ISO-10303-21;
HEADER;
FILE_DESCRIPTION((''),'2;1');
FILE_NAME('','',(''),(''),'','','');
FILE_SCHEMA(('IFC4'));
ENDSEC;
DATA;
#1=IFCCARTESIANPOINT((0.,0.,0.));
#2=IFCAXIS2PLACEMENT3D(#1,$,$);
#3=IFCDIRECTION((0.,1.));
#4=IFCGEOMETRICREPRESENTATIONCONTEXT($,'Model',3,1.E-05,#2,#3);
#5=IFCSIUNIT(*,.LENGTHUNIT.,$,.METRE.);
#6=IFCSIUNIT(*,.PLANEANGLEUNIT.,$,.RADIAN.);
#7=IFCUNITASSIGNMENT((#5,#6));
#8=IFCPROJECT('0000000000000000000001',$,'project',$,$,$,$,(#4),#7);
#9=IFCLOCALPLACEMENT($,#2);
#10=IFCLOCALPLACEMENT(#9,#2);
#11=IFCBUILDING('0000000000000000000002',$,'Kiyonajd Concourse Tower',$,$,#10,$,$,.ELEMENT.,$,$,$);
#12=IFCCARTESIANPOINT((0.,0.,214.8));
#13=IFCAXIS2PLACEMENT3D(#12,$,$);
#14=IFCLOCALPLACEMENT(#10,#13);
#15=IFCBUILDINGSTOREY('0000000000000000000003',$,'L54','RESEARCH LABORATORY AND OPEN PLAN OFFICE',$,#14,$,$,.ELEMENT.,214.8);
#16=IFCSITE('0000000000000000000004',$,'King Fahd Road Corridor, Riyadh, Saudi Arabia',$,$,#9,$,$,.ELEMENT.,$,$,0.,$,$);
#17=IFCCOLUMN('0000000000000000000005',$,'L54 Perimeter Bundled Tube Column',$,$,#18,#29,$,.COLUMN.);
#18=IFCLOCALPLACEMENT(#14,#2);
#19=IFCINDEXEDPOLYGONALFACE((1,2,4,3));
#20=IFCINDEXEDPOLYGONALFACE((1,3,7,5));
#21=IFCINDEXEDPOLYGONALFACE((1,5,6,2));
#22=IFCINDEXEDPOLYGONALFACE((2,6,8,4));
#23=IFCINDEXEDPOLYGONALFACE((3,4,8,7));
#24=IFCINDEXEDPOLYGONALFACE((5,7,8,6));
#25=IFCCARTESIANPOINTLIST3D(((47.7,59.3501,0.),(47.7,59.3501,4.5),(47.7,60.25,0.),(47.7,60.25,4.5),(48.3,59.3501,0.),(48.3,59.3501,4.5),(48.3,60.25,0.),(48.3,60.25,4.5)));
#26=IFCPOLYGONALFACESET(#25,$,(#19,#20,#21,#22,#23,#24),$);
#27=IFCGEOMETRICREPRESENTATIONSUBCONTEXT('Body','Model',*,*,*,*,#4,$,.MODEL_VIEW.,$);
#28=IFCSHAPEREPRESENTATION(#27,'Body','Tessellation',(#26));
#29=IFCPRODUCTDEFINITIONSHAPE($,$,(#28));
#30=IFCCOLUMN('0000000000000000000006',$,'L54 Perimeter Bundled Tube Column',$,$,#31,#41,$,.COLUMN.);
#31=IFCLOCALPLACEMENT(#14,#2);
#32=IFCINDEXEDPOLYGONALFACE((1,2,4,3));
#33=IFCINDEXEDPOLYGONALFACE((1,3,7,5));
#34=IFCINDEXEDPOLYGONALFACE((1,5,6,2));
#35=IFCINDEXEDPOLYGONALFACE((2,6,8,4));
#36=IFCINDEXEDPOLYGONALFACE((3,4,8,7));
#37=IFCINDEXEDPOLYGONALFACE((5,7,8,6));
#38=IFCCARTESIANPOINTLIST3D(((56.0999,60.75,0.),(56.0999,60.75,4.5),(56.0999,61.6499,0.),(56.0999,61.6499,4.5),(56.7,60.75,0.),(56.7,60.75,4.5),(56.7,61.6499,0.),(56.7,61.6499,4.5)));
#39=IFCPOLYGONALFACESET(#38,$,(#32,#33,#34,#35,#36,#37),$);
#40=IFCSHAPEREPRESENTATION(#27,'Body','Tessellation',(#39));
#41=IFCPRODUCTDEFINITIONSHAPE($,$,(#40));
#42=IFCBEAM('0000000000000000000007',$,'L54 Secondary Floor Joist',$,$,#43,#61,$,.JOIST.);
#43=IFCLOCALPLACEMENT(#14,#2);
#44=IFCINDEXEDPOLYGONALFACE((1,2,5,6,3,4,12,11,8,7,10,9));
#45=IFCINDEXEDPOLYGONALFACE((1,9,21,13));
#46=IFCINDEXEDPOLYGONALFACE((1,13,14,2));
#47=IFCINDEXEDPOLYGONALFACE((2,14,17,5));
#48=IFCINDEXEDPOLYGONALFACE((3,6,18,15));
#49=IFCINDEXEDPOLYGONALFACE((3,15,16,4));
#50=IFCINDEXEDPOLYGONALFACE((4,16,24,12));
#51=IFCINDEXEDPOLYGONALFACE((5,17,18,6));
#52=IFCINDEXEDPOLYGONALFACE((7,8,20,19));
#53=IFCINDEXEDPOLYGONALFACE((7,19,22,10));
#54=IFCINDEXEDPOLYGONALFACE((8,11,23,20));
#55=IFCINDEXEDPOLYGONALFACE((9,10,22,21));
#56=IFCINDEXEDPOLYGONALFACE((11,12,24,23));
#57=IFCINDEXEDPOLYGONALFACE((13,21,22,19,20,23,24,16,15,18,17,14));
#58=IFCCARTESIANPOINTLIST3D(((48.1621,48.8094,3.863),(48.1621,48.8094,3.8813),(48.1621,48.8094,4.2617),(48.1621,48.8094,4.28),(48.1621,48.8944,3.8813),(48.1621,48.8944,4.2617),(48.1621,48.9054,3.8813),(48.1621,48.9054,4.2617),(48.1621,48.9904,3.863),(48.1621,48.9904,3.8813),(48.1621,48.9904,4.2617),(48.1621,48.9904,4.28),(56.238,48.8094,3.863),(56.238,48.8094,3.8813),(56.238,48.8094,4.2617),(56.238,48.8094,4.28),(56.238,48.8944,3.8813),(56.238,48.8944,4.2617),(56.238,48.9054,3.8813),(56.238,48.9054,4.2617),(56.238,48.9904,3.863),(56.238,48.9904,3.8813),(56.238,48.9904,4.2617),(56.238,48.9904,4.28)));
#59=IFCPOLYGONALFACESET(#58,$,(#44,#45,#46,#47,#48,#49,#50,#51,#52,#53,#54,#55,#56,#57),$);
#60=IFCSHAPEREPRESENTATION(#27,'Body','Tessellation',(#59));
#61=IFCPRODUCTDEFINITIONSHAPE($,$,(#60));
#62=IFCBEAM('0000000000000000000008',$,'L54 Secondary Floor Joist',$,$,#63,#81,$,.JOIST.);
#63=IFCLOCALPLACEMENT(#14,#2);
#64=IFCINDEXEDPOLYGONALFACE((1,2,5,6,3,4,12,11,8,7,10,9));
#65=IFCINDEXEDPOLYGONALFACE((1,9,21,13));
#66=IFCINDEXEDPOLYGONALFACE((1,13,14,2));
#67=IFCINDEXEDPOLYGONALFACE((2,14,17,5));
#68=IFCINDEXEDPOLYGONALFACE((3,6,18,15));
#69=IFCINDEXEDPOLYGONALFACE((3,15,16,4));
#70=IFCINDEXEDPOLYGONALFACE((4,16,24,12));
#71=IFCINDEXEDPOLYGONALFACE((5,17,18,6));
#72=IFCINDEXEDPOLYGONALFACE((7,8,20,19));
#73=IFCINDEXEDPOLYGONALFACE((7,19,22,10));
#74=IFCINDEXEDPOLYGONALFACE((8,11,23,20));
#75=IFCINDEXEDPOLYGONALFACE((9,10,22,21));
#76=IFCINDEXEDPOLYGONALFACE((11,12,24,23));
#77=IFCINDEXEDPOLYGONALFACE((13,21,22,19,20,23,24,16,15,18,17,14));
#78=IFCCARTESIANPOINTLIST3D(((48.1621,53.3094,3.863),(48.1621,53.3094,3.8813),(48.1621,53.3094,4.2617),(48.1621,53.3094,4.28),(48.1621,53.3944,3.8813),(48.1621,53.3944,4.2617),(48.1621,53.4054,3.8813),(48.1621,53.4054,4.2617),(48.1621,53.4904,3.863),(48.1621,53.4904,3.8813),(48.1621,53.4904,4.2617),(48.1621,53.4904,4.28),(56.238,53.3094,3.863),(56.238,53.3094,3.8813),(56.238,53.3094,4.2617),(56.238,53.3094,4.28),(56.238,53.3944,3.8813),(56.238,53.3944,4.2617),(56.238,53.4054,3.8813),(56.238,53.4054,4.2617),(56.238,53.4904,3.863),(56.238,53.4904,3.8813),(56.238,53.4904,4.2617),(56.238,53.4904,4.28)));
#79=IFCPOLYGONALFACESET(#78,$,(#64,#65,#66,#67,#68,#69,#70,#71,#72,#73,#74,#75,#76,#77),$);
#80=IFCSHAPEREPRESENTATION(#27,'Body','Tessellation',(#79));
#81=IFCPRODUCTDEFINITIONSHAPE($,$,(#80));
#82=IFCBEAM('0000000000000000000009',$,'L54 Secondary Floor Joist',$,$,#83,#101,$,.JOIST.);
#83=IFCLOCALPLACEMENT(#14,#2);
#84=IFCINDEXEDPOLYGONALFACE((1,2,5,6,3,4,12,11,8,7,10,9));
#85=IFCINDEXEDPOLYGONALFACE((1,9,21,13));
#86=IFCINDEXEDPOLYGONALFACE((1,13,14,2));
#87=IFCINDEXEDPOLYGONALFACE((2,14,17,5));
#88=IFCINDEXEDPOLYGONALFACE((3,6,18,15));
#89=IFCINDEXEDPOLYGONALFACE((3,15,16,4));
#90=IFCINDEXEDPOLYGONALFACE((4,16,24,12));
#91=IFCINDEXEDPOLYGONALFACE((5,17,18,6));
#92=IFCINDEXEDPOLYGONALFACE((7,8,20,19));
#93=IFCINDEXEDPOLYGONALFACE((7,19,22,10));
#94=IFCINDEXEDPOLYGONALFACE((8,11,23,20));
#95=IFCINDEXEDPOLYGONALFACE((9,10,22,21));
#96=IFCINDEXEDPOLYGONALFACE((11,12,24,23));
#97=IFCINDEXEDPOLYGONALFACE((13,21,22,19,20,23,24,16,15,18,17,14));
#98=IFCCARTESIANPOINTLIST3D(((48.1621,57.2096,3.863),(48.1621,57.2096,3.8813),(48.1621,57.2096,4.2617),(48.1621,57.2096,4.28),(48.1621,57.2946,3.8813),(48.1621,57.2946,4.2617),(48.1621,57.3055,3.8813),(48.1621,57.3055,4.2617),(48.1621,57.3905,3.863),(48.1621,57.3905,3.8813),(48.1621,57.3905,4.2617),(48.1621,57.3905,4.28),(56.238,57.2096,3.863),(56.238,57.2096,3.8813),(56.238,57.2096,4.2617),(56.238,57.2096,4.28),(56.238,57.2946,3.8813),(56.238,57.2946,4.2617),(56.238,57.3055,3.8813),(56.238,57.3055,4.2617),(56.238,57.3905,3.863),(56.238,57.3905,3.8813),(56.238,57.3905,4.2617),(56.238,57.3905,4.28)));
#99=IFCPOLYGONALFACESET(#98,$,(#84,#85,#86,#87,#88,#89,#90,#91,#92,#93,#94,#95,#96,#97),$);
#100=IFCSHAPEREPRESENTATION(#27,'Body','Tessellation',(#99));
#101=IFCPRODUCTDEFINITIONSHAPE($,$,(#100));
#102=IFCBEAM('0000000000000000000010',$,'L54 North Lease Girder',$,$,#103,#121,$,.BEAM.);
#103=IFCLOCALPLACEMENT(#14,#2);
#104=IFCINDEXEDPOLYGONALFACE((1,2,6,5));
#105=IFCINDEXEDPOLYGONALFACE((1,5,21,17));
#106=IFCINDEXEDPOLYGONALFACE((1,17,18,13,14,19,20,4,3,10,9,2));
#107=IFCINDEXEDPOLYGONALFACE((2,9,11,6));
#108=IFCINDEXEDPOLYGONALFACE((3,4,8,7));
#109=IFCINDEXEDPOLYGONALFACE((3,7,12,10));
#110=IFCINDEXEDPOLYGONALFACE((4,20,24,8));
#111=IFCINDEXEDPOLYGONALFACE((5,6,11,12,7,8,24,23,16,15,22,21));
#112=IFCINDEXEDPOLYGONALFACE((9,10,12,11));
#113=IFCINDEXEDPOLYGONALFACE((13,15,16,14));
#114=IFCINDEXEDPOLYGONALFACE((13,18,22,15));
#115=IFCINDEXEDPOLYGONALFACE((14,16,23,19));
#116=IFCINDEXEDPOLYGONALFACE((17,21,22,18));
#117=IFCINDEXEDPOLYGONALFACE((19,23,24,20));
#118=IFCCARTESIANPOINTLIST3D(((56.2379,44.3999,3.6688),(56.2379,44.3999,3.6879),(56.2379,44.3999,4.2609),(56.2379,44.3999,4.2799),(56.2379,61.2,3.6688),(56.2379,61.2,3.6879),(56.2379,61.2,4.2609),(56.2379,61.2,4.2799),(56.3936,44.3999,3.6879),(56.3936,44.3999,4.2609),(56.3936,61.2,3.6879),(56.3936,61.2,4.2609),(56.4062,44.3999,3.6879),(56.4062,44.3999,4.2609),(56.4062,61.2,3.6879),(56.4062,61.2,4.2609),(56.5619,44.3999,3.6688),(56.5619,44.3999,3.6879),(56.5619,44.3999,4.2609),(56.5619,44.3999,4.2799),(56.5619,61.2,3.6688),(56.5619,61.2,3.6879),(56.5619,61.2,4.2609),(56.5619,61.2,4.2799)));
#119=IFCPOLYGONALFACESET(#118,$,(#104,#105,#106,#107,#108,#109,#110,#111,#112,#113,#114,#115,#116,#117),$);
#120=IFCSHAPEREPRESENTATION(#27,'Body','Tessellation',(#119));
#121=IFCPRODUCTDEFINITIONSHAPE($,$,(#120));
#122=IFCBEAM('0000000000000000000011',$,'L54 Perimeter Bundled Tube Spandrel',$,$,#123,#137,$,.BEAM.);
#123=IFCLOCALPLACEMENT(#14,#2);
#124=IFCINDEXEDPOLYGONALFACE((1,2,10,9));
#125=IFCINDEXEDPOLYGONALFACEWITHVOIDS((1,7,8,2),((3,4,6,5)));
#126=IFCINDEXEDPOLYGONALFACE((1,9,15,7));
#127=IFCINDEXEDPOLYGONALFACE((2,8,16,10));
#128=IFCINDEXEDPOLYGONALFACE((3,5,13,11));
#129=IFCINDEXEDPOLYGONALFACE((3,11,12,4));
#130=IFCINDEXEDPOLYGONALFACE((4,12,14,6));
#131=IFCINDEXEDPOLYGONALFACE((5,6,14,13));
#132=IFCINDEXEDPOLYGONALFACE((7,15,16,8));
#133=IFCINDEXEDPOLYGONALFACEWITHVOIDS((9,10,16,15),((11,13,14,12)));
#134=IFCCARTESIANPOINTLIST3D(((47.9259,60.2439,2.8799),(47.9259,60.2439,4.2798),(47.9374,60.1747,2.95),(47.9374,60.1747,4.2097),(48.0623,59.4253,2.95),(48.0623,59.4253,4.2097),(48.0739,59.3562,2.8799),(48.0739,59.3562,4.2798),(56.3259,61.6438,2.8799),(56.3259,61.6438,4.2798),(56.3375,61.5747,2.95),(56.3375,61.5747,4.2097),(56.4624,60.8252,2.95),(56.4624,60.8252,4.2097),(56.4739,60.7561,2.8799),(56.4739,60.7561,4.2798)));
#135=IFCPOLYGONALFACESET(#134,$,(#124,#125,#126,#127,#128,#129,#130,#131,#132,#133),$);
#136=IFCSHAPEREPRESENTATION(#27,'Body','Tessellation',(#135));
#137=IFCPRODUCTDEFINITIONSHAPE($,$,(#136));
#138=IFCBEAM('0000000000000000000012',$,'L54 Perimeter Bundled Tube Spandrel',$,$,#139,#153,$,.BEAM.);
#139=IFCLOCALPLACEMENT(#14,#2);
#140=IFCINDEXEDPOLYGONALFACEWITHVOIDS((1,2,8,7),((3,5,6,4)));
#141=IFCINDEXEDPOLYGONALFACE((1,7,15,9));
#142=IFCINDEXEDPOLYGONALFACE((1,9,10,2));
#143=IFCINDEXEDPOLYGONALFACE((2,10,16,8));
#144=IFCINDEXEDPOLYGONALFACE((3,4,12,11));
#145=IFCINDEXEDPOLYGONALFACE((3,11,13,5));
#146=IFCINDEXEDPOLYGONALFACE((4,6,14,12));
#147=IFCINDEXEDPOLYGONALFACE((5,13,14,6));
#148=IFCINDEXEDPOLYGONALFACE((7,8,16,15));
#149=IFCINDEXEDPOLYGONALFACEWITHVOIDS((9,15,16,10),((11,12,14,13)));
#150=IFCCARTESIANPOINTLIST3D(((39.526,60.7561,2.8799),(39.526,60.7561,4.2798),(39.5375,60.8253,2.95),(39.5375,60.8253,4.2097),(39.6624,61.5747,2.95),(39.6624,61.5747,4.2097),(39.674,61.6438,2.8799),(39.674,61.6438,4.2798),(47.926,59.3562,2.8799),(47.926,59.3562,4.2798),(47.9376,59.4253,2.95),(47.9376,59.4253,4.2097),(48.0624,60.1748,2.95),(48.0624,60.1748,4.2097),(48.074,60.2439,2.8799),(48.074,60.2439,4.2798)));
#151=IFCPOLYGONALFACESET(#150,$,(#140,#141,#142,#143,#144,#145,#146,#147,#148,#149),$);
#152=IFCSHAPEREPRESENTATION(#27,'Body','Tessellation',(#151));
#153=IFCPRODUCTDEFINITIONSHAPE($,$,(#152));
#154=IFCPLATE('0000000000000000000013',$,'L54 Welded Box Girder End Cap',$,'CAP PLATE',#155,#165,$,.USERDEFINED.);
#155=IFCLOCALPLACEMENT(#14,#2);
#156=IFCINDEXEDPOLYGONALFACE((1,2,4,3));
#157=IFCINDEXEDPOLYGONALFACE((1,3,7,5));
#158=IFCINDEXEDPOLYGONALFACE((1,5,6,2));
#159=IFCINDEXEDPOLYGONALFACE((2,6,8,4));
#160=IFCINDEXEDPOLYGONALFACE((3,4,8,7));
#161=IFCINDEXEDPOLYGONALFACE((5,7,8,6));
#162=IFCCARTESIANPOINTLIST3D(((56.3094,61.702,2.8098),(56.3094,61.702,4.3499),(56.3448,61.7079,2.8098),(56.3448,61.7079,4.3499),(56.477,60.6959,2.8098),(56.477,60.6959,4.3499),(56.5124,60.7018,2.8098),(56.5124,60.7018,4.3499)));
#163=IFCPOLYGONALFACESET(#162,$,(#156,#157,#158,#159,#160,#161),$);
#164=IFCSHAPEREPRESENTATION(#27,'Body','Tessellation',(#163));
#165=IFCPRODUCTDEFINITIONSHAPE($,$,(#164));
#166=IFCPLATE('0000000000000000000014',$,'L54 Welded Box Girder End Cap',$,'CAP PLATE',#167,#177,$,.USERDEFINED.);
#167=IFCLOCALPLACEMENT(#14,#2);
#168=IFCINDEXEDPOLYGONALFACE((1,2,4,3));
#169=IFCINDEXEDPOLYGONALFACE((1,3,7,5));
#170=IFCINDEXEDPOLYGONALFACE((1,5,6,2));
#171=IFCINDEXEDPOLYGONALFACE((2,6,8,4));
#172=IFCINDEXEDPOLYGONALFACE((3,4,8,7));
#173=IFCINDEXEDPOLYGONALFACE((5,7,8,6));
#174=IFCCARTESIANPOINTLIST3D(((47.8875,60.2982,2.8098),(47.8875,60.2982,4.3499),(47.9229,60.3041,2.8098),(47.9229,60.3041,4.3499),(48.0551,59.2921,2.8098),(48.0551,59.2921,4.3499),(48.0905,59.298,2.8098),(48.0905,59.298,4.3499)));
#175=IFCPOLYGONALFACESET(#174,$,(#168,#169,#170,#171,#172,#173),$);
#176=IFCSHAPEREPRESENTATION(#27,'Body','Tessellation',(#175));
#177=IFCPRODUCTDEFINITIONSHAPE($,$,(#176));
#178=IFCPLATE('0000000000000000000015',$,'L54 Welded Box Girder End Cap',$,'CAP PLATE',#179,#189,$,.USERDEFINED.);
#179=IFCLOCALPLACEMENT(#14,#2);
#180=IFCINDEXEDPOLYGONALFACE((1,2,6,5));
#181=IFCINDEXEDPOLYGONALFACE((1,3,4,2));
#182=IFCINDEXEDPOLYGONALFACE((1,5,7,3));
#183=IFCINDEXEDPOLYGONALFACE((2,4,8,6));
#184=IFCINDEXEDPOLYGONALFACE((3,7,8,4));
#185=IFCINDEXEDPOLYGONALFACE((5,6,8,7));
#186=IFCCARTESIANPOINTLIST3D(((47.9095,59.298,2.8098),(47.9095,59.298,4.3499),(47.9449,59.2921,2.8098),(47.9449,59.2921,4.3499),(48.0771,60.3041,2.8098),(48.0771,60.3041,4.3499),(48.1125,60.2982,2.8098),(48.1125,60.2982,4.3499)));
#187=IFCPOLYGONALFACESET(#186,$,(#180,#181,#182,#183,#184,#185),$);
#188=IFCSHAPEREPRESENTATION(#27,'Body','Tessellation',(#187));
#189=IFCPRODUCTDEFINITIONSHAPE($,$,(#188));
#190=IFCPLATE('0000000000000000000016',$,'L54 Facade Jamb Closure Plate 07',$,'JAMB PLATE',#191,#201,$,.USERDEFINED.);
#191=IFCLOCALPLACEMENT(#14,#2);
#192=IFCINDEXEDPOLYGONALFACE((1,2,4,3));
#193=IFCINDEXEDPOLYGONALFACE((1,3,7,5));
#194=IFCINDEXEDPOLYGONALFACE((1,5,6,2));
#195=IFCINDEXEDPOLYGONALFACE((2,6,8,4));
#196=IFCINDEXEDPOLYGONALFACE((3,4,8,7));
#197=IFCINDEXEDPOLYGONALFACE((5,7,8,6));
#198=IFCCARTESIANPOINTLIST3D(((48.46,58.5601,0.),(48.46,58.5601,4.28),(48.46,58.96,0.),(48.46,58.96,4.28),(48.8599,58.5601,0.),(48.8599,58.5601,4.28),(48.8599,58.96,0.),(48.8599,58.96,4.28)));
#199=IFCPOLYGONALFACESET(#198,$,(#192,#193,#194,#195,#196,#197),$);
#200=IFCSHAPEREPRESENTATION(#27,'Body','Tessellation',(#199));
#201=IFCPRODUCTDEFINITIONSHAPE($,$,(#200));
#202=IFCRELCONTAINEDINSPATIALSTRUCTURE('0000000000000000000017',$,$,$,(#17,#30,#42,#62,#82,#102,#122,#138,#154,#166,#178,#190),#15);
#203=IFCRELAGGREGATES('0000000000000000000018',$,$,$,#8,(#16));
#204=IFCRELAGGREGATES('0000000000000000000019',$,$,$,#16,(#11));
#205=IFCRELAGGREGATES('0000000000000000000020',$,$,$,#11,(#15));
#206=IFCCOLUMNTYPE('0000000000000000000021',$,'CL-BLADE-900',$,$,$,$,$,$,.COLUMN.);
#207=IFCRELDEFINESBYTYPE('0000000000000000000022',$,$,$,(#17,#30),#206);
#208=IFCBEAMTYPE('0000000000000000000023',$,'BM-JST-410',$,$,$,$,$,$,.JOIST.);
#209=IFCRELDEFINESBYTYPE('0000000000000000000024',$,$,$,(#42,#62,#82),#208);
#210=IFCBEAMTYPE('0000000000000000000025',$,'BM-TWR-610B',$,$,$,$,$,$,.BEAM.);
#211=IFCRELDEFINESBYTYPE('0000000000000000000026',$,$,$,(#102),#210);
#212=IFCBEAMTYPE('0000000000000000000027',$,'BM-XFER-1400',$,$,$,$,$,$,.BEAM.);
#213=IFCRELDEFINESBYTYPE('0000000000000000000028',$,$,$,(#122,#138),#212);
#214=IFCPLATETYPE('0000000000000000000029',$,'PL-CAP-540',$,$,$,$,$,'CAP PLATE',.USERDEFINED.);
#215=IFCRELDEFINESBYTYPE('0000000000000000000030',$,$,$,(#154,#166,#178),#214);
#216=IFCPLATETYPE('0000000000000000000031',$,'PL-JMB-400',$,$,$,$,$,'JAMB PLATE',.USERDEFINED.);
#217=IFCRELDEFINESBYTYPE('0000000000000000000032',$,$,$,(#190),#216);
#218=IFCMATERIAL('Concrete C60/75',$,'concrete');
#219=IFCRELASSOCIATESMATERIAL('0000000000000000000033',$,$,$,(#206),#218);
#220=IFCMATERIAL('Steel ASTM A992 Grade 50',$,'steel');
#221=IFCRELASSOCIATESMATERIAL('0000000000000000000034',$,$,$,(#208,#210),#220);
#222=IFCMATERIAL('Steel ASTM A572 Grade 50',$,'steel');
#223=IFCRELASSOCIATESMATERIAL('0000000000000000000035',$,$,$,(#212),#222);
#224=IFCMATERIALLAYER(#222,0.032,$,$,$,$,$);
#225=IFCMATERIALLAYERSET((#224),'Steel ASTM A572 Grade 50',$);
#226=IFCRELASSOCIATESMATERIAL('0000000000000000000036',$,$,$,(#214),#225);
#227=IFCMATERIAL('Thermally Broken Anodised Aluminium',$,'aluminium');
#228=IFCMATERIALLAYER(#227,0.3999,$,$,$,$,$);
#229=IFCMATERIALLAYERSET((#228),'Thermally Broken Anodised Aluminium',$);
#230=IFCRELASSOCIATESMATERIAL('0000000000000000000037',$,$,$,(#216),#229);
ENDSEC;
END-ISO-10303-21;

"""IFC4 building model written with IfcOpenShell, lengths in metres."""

from ifc_helpers import new_model, si_unit, direction, frame, origin, origin_2d, place, context, subcontext, project, spatial, rectangle, hollow_rectangle, i_section, extrude, material, layer, layer_set, material_profile, profile_set, type_object, element, save


model = new_model("IFC4")

# Units and contexts
model_context = context("Model", 3, precision=1e-05, world=origin(), true_north=direction((0.0, 1.0)))
body_context = subcontext(model_context, "Body", "Model", "MODEL_VIEW")
ifc_project = project(units=[si_unit("LENGTHUNIT", "METRE"), si_unit("PLANEANGLEUNIT", "RADIAN")], contexts=[model_context])

# Site, building, storey
site_placement = place(None, origin())
site = spatial("IfcSite", under=ifc_project, at=site_placement, Name="King Fahd Road Corridor, Riyadh, Saudi Arabia", CompositionType="ELEMENT", RefElevation=0.0)
building_placement = place(site_placement, origin())
building = spatial("IfcBuilding", under=site, at=building_placement, Name="Kiyonajd Concourse Tower", CompositionType="ELEMENT")
storey_placement = place(building_placement, frame((0.0, 0.0, 214.8)))
storey = spatial("IfcBuildingStorey", under=building, at=storey_placement, Name="L54", Description="RESEARCH LABORATORY AND OPEN PLAN OFFICE", CompositionType="ELEMENT", Elevation=214.8)

# Columns
ifc_material_1 = material(Name="Concrete C60/75", Category="concrete")
ifc_material_profile_1 = material_profile(ifc_material_1, rectangle(XDim=0.6001, YDim=0.8999, at=origin_2d()), Name="RC-900x600")
ifc_profile_set_1 = profile_set([ifc_material_profile_1], Name="Concrete C60/75")
column_type = type_object("IfcColumnType", Name="CL-BLADE-900", PredefinedType="COLUMN", material=ifc_profile_set_1)
for number, where, z_axis, x_axis, name in (
    (1, (48.0, 59.8, 0.0), (0.0, 0.0, 1.0), (1.0, 0.0, 0.0), "L54 Perimeter Bundled Tube Column"),
    (2, (56.3999, 61.2, 0.0), (0.0, 0.0, 1.0), (1.0, 0.0, 0.0), "L54 Perimeter Bundled Tube Column"),
):
    element("IfcColumn", number, at=place(storey_placement, frame(where, z_axis=z_axis, x_axis=x_axis)), inside=storey, type_object=column_type, Name=name, PredefinedType="COLUMN", context=body_context, shape_type="SweptSolid", body=[
        extrude(rectangle(XDim=0.6001, YDim=0.8999, at=origin_2d()), origin(), (0.0, 0.0, 1.0), 4.5),
    ])

# Beams
ifc_material_2 = material(Name="Steel ASTM A992 Grade 50", Category="steel")
ifc_material_profile_2 = material_profile(ifc_material_2, i_section(OverallWidth=0.1809, OverallDepth=0.417, WebThickness=0.011, FlangeThickness=0.0183, at=origin_2d()), Name="W410X85")
ifc_profile_set_2 = profile_set([ifc_material_profile_2], Name="Steel ASTM A992 Grade 50")
beam_type_1 = type_object("IfcBeamType", Name="BM-JST-410", PredefinedType="JOIST", material=ifc_profile_set_2)
for number, where, z_axis, x_axis, name in (
    (3, (48.1621, 48.8999, 4.0715), (1.0, 0.0, 0.0), (0.0, 1.0, 0.0), "L54 Secondary Floor Joist"),
    (4, (48.1621, 53.3999, 4.0715), (1.0, 0.0, 0.0), (0.0, 1.0, 0.0), "L54 Secondary Floor Joist"),
    (5, (48.1621, 57.3, 4.0715), (1.0, 0.0, 0.0), (0.0, 1.0, 0.0), "L54 Secondary Floor Joist"),
):
    element("IfcBeam", number, at=place(storey_placement, frame(where, z_axis=z_axis, x_axis=x_axis)), inside=storey, type_object=beam_type_1, Name=name, PredefinedType="JOIST", context=body_context, shape_type="SweptSolid", body=[
        extrude(i_section(OverallWidth=0.1809, OverallDepth=0.417, WebThickness=0.011, FlangeThickness=0.0183, at=origin_2d()), origin(), (0.0, 0.0, 1.0), 8.0759),
    ])
ifc_material_profile_3 = material_profile(ifc_material_2, i_section(OverallWidth=0.324, OverallDepth=0.6111, WebThickness=0.0127, FlangeThickness=0.019, at=origin_2d()), Name="W610X155")
ifc_profile_set_3 = profile_set([ifc_material_profile_3], Name="Steel ASTM A992 Grade 50")
beam_type_2 = type_object("IfcBeamType", Name="BM-TWR-610B", PredefinedType="BEAM", material=ifc_profile_set_3)
beam_placement = place(storey_placement, frame((56.3999, 44.3999, 3.9744), z_axis=(0.0, 1.0, 0.0), x_axis=(-1.0, 0.0, 0.0)))
element("IfcBeam", 6, at=beam_placement, inside=storey, type_object=beam_type_2, Name="L54 North Lease Girder", PredefinedType="BEAM", context=body_context, shape_type="SweptSolid", body=[
    extrude(i_section(OverallWidth=0.324, OverallDepth=0.6111, WebThickness=0.0127, FlangeThickness=0.019, at=origin_2d()), origin(), (0.0, 0.0, 1.0), 16.8),
])
ifc_material_3 = material(Name="Steel ASTM A572 Grade 50", Category="steel")
ifc_material_profile_4 = material_profile(ifc_material_3, hollow_rectangle(XDim=0.8999, YDim=1.3999, WallThickness=0.0701, at=origin_2d()), Name="BOX-1400x900x70")
ifc_profile_set_4 = profile_set([ifc_material_profile_4], Name="Steel ASTM A572 Grade 50")
beam_type_3 = type_object("IfcBeamType", Name="BM-XFER-1400", PredefinedType="BEAM", material=ifc_profile_set_4)
for number, where, z_axis, x_axis, name in (
    (7, (56.3999, 61.2, 3.5798), (-0.986395, -0.16439, 0.0), (0.16439, -0.986395, 0.0), "L54 Perimeter Bundled Tube Spandrel"),
    (8, (48.0, 59.8, 3.5798), (-0.986395, 0.16439, 0.0), (-0.16439, -0.986395, 0.0), "L54 Perimeter Bundled Tube Spandrel"),
):
    element("IfcBeam", number, at=place(storey_placement, frame(where, z_axis=z_axis, x_axis=x_axis)), inside=storey, type_object=beam_type_3, Name=name, PredefinedType="BEAM", context=body_context, shape_type="SweptSolid", body=[
        extrude(hollow_rectangle(XDim=0.8999, YDim=1.3999, WallThickness=0.0701, at=origin_2d()), origin(), (0.0, 0.0, 1.0), 8.5159),
    ])

# Plates
ifc_layer_1 = layer(ifc_material_3, 0.032)
ifc_layer_set_1 = layer_set([ifc_layer_1], Name="Steel ASTM A572 Grade 50")
plate_type_1 = type_object("IfcPlateType", Name="PL-CAP-540", ElementType="CAP PLATE", PredefinedType="USERDEFINED", material=ifc_layer_set_1)
for number, where, z_axis, x_axis, name in (
    (9, (56.4109, 61.2019, 2.8098), (0.0, 0.0, 1.0), (0.986401, 0.164359, 0.0), "L54 Welded Box Girder End Cap"),
    (10, (47.989, 59.7981, 2.8098), (0.0, 0.0, 1.0), (-0.986401, -0.164359, 0.0), "L54 Welded Box Girder End Cap"),
    (11, (48.011, 59.7981, 2.8098), (0.0, 0.0, 1.0), (0.986401, -0.164359, 0.0), "L54 Welded Box Girder End Cap"),
):
    element("IfcPlate", number, at=place(storey_placement, frame(where, z_axis=z_axis, x_axis=x_axis)), inside=storey, type_object=plate_type_1, Name=name, ObjectType="CAP PLATE", PredefinedType="USERDEFINED", context=body_context, shape_type="SweptSolid", body=[
        extrude(rectangle(XDim=0.0359, YDim=1.02, at=origin_2d()), origin(), (0.0, 0.0, 1.0), 1.54),
    ])
ifc_material_4 = material(Name="Thermally Broken Anodised Aluminium", Category="aluminium")
ifc_layer_2 = layer(ifc_material_4, 0.3999)
ifc_layer_set_2 = layer_set([ifc_layer_2], Name="Thermally Broken Anodised Aluminium")
plate_type_2 = type_object("IfcPlateType", Name="PL-JMB-400", ElementType="JAMB PLATE", PredefinedType="USERDEFINED", material=ifc_layer_set_2)
for number, where, z_axis, x_axis, name in (
    (12, (48.6599, 58.76, 0.0), (0.0, 0.0, 1.0), (1.0, 0.0, 0.0), "L54 Facade Jamb Closure Plate 07"),
):
    element("IfcPlate", number, at=place(storey_placement, frame(where, z_axis=z_axis, x_axis=x_axis)), inside=storey, type_object=plate_type_2, Name=name, ObjectType="JAMB PLATE", PredefinedType="USERDEFINED", context=body_context, shape_type="SweptSolid", body=[
        extrude(rectangle(XDim=0.3999, YDim=0.3999, at=origin_2d()), origin(), (0.0, 0.0, 1.0), 4.28),
    ])

save(model, "model.ifc")
